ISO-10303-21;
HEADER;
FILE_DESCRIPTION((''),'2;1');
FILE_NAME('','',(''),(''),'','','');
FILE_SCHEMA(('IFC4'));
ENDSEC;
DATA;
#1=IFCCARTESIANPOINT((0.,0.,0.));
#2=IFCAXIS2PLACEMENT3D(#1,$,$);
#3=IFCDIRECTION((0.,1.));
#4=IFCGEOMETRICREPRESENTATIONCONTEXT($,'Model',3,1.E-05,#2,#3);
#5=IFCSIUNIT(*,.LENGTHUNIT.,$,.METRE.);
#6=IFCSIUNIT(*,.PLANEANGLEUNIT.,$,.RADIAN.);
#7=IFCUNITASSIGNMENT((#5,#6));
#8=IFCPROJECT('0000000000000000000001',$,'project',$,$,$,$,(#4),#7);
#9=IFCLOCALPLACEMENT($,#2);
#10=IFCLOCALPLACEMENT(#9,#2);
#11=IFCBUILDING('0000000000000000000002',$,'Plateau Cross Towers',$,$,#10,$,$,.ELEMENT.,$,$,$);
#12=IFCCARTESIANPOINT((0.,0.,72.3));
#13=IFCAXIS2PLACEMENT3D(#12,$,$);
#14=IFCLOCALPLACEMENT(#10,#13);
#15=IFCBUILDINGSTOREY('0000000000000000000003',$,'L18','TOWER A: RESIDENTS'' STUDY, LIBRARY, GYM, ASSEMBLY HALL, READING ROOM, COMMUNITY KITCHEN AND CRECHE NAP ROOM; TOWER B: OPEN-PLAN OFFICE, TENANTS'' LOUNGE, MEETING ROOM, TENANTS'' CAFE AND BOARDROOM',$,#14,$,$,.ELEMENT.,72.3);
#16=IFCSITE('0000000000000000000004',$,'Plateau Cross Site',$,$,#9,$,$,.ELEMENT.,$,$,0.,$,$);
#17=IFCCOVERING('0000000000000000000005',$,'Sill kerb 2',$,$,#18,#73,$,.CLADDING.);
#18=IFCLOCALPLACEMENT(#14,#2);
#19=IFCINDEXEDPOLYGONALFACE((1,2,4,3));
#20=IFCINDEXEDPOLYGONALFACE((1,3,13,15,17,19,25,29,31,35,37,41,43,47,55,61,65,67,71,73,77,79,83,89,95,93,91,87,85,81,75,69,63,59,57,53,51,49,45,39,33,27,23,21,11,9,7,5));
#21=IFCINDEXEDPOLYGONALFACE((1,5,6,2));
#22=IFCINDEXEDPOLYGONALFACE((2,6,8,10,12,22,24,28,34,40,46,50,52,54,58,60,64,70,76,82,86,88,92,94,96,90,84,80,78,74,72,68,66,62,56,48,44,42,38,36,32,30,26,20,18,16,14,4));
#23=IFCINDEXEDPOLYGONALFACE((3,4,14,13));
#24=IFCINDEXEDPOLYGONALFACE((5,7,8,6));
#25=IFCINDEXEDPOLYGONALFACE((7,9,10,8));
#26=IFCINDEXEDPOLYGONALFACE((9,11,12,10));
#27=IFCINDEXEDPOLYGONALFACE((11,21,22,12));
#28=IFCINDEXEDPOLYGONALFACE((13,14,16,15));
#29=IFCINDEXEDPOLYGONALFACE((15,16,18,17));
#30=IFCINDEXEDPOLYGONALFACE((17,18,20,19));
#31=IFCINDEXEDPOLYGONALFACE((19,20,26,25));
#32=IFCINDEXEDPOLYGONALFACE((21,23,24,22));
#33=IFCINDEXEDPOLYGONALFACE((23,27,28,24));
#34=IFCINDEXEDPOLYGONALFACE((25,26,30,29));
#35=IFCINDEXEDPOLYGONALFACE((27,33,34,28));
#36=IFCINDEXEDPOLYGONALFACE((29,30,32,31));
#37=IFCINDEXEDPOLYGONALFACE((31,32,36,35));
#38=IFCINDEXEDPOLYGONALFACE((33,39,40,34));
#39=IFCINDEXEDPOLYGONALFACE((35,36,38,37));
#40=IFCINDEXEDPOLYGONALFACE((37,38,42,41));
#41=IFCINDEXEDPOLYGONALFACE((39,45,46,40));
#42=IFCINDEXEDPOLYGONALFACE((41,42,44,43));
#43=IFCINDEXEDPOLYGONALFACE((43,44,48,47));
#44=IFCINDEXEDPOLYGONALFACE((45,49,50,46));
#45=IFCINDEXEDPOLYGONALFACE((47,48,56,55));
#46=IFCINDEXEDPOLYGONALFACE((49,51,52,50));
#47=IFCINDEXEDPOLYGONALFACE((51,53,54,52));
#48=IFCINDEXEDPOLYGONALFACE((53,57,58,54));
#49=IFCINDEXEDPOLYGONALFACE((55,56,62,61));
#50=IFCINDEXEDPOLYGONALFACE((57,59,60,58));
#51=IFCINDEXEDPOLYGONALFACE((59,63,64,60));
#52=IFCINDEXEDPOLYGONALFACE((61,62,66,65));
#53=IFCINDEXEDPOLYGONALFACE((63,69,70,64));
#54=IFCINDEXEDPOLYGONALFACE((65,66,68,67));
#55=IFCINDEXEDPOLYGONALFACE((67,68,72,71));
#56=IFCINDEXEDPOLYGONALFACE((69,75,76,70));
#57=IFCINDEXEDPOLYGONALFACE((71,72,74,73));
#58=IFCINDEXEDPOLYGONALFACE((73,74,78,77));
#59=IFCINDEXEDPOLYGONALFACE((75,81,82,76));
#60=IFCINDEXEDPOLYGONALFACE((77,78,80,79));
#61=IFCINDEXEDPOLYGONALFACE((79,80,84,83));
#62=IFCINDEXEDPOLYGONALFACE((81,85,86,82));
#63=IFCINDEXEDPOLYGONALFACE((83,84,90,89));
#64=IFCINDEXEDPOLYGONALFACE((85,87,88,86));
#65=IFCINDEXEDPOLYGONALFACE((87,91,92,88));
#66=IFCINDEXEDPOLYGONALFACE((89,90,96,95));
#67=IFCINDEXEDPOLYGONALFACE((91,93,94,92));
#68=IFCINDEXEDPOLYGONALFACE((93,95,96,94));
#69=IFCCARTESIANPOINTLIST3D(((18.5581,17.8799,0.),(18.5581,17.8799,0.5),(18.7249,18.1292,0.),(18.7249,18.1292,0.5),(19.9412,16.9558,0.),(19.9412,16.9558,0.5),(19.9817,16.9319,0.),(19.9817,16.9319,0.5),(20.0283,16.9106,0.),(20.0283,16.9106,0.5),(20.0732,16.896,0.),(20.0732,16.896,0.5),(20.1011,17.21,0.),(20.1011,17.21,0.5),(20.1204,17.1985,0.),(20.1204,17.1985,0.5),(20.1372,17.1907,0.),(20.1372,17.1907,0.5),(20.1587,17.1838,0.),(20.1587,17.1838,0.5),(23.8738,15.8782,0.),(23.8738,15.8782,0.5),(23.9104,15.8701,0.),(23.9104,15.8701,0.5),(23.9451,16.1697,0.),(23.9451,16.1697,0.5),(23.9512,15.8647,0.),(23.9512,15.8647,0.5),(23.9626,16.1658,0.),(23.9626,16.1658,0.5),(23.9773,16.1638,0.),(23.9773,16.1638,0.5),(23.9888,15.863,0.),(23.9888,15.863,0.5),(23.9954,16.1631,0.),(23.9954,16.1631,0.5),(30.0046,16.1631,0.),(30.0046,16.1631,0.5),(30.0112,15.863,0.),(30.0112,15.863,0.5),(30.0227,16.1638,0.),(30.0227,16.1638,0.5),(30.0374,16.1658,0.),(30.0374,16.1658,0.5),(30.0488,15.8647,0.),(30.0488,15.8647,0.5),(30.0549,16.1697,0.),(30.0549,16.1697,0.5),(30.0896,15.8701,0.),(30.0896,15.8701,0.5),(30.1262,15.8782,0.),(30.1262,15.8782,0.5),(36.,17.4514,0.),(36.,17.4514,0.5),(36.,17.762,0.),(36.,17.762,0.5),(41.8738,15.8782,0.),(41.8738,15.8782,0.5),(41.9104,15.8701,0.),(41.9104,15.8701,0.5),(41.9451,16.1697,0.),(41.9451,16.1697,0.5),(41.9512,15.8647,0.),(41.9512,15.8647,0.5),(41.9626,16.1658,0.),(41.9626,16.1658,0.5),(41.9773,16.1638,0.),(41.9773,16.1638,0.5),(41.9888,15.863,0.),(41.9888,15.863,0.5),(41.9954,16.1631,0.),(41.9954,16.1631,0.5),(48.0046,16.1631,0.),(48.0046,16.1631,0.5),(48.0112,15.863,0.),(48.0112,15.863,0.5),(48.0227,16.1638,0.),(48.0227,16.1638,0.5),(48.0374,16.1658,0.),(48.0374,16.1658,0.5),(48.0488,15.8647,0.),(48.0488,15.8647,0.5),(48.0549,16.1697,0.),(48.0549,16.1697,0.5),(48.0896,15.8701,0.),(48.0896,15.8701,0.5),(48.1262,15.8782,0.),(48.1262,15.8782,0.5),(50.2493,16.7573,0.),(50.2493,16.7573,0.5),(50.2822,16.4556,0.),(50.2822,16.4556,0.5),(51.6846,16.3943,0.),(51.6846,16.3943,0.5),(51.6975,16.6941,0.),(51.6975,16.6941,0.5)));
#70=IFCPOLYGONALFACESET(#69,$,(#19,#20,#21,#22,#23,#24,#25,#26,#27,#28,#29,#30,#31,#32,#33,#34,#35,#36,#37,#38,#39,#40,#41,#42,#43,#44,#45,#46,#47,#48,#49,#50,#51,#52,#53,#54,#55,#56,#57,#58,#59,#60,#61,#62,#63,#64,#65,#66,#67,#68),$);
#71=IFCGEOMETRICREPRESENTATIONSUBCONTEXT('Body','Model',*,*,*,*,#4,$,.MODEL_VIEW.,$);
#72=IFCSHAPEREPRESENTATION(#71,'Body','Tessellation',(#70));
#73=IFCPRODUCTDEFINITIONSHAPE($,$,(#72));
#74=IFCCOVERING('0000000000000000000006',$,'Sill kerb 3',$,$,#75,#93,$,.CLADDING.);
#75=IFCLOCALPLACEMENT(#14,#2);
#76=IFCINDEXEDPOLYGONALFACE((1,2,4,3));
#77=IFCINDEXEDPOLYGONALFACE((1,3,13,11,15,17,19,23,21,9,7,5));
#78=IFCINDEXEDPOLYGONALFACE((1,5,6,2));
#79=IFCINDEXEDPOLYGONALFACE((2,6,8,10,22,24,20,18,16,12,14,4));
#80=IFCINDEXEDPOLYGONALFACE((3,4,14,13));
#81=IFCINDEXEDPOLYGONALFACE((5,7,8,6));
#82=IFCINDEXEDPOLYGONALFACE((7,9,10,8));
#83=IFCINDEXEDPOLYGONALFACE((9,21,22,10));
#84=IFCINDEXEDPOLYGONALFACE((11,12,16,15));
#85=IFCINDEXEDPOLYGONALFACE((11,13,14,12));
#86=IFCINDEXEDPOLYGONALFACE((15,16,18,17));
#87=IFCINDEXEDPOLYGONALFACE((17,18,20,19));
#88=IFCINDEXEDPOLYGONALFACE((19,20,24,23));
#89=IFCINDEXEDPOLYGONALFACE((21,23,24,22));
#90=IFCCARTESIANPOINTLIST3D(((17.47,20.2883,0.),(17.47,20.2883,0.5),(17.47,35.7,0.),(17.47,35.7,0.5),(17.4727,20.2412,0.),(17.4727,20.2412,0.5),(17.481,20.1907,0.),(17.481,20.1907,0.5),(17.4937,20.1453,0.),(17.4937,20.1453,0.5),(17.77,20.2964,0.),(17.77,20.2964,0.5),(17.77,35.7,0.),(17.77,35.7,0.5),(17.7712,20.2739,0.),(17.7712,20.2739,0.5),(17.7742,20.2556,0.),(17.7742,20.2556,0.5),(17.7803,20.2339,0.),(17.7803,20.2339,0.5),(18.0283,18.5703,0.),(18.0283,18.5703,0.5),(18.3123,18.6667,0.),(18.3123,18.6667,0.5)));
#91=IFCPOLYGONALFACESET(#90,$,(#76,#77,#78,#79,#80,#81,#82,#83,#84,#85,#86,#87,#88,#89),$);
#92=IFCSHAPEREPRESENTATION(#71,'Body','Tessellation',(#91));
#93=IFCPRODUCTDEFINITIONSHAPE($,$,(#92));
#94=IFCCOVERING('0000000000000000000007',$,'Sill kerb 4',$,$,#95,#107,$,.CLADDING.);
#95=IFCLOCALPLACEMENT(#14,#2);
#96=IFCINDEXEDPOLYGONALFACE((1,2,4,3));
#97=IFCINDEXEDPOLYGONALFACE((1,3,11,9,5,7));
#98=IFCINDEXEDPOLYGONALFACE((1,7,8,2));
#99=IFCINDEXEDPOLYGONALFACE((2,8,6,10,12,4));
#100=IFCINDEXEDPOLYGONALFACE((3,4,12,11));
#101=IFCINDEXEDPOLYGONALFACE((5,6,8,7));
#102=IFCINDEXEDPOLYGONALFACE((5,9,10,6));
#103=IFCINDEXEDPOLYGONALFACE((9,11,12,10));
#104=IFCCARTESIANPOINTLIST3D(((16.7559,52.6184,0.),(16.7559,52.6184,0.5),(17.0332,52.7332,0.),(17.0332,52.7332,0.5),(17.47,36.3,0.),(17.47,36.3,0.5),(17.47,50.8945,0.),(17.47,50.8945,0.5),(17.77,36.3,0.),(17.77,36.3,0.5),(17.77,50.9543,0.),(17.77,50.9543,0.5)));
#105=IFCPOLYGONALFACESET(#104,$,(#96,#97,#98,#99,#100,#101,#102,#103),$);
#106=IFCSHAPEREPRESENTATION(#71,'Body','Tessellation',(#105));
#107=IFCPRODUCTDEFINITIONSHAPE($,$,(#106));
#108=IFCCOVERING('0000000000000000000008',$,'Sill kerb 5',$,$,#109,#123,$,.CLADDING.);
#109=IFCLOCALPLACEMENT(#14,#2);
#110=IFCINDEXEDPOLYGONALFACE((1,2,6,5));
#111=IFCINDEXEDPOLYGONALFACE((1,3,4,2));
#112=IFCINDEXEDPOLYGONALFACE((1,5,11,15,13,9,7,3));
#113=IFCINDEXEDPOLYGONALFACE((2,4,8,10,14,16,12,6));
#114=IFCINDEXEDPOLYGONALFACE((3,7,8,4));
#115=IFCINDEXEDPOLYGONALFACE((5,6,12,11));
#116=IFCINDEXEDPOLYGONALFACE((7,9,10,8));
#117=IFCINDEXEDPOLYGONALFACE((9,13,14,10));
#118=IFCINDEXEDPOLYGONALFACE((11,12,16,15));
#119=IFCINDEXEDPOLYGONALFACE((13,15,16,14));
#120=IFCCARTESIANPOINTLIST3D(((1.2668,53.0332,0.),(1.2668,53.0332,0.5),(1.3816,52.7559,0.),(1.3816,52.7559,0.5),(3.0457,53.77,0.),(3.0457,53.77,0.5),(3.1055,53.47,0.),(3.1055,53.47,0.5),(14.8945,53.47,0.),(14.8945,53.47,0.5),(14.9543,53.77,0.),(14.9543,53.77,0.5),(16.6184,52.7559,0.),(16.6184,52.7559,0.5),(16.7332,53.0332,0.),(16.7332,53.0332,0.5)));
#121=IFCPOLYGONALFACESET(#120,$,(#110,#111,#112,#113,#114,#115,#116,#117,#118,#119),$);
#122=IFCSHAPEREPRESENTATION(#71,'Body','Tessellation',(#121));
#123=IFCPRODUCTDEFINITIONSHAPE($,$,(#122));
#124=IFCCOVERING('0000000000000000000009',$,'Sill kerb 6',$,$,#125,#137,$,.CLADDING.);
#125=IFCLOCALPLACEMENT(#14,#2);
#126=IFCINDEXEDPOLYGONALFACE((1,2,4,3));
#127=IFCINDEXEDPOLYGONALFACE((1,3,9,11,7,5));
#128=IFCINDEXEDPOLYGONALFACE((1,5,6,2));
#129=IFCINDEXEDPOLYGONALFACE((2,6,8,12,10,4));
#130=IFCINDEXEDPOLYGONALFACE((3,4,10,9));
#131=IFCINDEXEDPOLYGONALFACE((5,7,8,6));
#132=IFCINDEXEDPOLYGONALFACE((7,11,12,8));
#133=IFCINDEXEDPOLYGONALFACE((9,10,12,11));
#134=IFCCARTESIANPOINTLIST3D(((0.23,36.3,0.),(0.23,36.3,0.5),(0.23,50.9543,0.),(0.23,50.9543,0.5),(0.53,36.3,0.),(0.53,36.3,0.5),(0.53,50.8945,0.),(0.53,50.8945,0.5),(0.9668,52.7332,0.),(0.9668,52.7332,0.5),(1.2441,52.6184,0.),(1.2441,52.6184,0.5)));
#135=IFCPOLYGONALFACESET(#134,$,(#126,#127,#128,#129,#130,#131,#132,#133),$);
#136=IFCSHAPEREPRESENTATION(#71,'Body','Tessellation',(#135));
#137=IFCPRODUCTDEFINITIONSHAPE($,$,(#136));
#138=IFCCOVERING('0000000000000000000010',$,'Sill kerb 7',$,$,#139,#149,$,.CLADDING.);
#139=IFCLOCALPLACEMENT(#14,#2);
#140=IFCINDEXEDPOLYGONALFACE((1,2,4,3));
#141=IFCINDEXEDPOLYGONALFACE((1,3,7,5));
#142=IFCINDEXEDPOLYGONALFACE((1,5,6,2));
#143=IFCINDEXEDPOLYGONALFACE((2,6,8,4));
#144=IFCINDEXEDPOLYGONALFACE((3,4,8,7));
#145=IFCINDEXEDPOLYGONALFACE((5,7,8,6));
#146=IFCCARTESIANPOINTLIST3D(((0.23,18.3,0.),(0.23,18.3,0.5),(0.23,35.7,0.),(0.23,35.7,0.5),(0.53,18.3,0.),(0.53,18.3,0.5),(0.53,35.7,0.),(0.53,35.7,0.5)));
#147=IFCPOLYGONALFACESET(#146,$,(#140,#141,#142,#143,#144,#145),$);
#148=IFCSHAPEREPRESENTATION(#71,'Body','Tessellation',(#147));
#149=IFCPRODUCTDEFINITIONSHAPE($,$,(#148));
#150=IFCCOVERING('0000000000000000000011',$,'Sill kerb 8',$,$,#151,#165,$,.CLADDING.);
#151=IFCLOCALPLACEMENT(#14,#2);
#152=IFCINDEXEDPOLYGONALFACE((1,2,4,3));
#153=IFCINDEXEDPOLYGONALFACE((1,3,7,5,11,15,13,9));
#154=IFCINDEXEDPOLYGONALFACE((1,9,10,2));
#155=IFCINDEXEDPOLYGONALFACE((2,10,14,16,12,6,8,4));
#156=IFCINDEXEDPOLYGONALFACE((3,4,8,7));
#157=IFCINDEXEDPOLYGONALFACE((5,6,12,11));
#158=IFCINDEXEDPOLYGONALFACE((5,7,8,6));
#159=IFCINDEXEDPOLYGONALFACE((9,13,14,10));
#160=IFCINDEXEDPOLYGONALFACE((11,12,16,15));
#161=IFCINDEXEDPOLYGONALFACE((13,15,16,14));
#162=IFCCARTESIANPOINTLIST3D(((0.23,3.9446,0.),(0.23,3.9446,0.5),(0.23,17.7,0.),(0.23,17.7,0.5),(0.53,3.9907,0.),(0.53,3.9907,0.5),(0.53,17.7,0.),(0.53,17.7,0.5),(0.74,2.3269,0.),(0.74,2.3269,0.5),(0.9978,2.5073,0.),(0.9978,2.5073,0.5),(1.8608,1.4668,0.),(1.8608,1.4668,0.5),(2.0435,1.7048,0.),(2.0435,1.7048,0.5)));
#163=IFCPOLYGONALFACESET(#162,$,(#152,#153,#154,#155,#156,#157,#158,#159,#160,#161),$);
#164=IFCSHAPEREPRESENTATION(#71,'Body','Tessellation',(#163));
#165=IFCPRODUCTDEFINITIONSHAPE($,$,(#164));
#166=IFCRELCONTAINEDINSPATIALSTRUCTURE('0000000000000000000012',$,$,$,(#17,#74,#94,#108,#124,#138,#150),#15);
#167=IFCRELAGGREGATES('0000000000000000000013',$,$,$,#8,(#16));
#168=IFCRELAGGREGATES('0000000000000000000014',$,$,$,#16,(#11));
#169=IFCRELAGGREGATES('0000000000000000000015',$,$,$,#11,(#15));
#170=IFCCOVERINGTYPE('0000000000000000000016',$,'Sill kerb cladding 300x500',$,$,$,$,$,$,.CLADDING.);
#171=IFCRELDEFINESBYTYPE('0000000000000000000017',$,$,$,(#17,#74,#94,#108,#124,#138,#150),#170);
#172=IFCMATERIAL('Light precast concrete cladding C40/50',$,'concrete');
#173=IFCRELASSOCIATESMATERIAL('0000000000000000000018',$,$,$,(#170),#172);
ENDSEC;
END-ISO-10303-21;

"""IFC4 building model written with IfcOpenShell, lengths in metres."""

from ifc_helpers import new_model, si_unit, direction, frame, origin, place, context, subcontext, project, spatial, polyline, outline, extrude, material, type_object, element, save


model = new_model("IFC4")

# Units and contexts
model_context = context("Model", 3, precision=1e-05, world=origin(), true_north=direction((0.0, 1.0)))
body_context = subcontext(model_context, "Body", "Model", "MODEL_VIEW")
ifc_project = project(units=[si_unit("LENGTHUNIT", "METRE"), si_unit("PLANEANGLEUNIT", "RADIAN")], contexts=[model_context])

# Site, building, storey
site_placement = place(None, origin())
site = spatial("IfcSite", under=ifc_project, at=site_placement, Name="Plateau Cross Site", CompositionType="ELEMENT", RefElevation=0.0)
building_placement = place(site_placement, origin())
building = spatial("IfcBuilding", under=site, at=building_placement, Name="Plateau Cross Towers", CompositionType="ELEMENT")
storey_placement = place(building_placement, frame((0.0, 0.0, 72.3)))
storey = spatial("IfcBuildingStorey", under=building, at=storey_placement, Name="L18", Description="TOWER A: RESIDENTS' STUDY, LIBRARY, GYM, ASSEMBLY HALL, READING ROOM, COMMUNITY KITCHEN AND CRECHE NAP ROOM; TOWER B: OPEN-PLAN OFFICE, TENANTS' LOUNGE, MEETING ROOM, TENANTS' CAFE AND BOARDROOM", CompositionType="ELEMENT", Elevation=72.3)

# Coverings
ifc_material_1 = material(Name="Light precast concrete cladding C40/50", Category="concrete")
covering_type_1 = type_object("IfcCoveringType", Name="Sill kerb cladding 300x500", PredefinedType="CLADDING", material=ifc_material_1)
covering_1_placement = place(storey_placement, origin())
element("IfcCovering", 1, at=covering_1_placement, inside=storey, type_object=covering_type_1, Name="Sill kerb 2", PredefinedType="CLADDING", context=body_context, shape_type="SweptSolid", body=[
    extrude(outline(polyline([(48.1262, 15.8782), (48.0896, 15.8701), (48.0488, 15.8647), (48.0112, 15.863), (41.9888, 15.863), (41.9512, 15.8647), (41.9104, 15.8701), (41.8738, 15.8782), (36.0, 17.4514), (30.1262, 15.8782), (30.0896, 15.8701), (30.0488, 15.8647), (30.0112, 15.863), (23.9888, 15.863), (23.9512, 15.8647), (23.9104, 15.8701), (23.8738, 15.8782), (20.0732, 16.896), (20.0283, 16.9106), (19.9817, 16.9319), (19.9412, 16.9558), (18.5581, 17.8799), (18.7249, 18.1292), (20.1011, 17.21), (20.1204, 17.1985), (20.1372, 17.1907), (20.1587, 17.1838), (23.9451, 16.1697), (23.9626, 16.1658), (23.9773, 16.1638), (23.9954, 16.1631), (30.0046, 16.1631), (30.0227, 16.1638), (30.0374, 16.1658), (30.0549, 16.1697), (36.0, 17.762), (41.9451, 16.1697), (41.9626, 16.1658), (41.9773, 16.1638), (41.9954, 16.1631), (48.0046, 16.1631), (48.0227, 16.1638), (48.0374, 16.1658), (48.0549, 16.1697), (50.2493, 16.7573), (51.6975, 16.6941), (51.6846, 16.3943), (50.2822, 16.4556), (48.1262, 15.8782)])), origin(), (0.0, 0.0, 1.0), 0.5),
])
covering_2_placement = place(storey_placement, origin())
element("IfcCovering", 2, at=covering_2_placement, inside=storey, type_object=covering_type_1, Name="Sill kerb 3", PredefinedType="CLADDING", context=body_context, shape_type="SweptSolid", body=[
    extrude(outline(polyline([(17.481, 20.1907), (17.4727, 20.2412), (17.47, 20.2883), (17.47, 35.7), (17.77, 35.7), (17.77, 20.2964), (17.7712, 20.2739), (17.7742, 20.2556), (17.7803, 20.2339), (18.3123, 18.6667), (18.0283, 18.5703), (17.4937, 20.1453), (17.481, 20.1907)])), origin(), (0.0, 0.0, 1.0), 0.5),
])
covering_3_placement = place(storey_placement, origin())
element("IfcCovering", 3, at=covering_3_placement, inside=storey, type_object=covering_type_1, Name="Sill kerb 4", PredefinedType="CLADDING", context=body_context, shape_type="SweptSolid", body=[
    extrude(outline(polyline([(16.7559, 52.6184), (17.0332, 52.7332), (17.77, 50.9543), (17.77, 36.3), (17.47, 36.3), (17.47, 50.8945), (16.7559, 52.6184)])), origin(), (0.0, 0.0, 1.0), 0.5),
])
covering_4_placement = place(storey_placement, origin())
element("IfcCovering", 4, at=covering_4_placement, inside=storey, type_object=covering_type_1, Name="Sill kerb 5", PredefinedType="CLADDING", context=body_context, shape_type="SweptSolid", body=[
    extrude(outline(polyline([(3.1055, 53.47), (1.3816, 52.7559), (1.2668, 53.0332), (3.0457, 53.77), (14.9543, 53.77), (16.7332, 53.0332), (16.6184, 52.7559), (14.8945, 53.47), (3.1055, 53.47)])), origin(), (0.0, 0.0, 1.0), 0.5),
])
covering_5_placement = place(storey_placement, origin())
element("IfcCovering", 5, at=covering_5_placement, inside=storey, type_object=covering_type_1, Name="Sill kerb 6", PredefinedType="CLADDING", context=body_context, shape_type="SweptSolid", body=[
    extrude(outline(polyline([(0.53, 36.3), (0.23, 36.3), (0.23, 50.9543), (0.9668, 52.7332), (1.2441, 52.6184), (0.53, 50.8945), (0.53, 36.3)])), origin(), (0.0, 0.0, 1.0), 0.5),
])
covering_6_placement = place(storey_placement, origin())
element("IfcCovering", 6, at=covering_6_placement, inside=storey, type_object=covering_type_1, Name="Sill kerb 7", PredefinedType="CLADDING", context=body_context, shape_type="SweptSolid", body=[
    extrude(outline(polyline([(0.23, 18.3), (0.23, 35.7), (0.53, 35.7), (0.53, 18.3), (0.23, 18.3)])), origin(), (0.0, 0.0, 1.0), 0.5),
])
covering_7_placement = place(storey_placement, origin())
element("IfcCovering", 7, at=covering_7_placement, inside=storey, type_object=covering_type_1, Name="Sill kerb 8", PredefinedType="CLADDING", context=body_context, shape_type="SweptSolid", body=[
    extrude(outline(polyline([(0.9978, 2.5073), (2.0435, 1.7048), (1.8608, 1.4668), (0.74, 2.3269), (0.23, 3.9446), (0.23, 17.7), (0.53, 17.7), (0.53, 3.9907), (0.9978, 2.5073)])), origin(), (0.0, 0.0, 1.0), 0.5),
])

save(model, "model.ifc")
